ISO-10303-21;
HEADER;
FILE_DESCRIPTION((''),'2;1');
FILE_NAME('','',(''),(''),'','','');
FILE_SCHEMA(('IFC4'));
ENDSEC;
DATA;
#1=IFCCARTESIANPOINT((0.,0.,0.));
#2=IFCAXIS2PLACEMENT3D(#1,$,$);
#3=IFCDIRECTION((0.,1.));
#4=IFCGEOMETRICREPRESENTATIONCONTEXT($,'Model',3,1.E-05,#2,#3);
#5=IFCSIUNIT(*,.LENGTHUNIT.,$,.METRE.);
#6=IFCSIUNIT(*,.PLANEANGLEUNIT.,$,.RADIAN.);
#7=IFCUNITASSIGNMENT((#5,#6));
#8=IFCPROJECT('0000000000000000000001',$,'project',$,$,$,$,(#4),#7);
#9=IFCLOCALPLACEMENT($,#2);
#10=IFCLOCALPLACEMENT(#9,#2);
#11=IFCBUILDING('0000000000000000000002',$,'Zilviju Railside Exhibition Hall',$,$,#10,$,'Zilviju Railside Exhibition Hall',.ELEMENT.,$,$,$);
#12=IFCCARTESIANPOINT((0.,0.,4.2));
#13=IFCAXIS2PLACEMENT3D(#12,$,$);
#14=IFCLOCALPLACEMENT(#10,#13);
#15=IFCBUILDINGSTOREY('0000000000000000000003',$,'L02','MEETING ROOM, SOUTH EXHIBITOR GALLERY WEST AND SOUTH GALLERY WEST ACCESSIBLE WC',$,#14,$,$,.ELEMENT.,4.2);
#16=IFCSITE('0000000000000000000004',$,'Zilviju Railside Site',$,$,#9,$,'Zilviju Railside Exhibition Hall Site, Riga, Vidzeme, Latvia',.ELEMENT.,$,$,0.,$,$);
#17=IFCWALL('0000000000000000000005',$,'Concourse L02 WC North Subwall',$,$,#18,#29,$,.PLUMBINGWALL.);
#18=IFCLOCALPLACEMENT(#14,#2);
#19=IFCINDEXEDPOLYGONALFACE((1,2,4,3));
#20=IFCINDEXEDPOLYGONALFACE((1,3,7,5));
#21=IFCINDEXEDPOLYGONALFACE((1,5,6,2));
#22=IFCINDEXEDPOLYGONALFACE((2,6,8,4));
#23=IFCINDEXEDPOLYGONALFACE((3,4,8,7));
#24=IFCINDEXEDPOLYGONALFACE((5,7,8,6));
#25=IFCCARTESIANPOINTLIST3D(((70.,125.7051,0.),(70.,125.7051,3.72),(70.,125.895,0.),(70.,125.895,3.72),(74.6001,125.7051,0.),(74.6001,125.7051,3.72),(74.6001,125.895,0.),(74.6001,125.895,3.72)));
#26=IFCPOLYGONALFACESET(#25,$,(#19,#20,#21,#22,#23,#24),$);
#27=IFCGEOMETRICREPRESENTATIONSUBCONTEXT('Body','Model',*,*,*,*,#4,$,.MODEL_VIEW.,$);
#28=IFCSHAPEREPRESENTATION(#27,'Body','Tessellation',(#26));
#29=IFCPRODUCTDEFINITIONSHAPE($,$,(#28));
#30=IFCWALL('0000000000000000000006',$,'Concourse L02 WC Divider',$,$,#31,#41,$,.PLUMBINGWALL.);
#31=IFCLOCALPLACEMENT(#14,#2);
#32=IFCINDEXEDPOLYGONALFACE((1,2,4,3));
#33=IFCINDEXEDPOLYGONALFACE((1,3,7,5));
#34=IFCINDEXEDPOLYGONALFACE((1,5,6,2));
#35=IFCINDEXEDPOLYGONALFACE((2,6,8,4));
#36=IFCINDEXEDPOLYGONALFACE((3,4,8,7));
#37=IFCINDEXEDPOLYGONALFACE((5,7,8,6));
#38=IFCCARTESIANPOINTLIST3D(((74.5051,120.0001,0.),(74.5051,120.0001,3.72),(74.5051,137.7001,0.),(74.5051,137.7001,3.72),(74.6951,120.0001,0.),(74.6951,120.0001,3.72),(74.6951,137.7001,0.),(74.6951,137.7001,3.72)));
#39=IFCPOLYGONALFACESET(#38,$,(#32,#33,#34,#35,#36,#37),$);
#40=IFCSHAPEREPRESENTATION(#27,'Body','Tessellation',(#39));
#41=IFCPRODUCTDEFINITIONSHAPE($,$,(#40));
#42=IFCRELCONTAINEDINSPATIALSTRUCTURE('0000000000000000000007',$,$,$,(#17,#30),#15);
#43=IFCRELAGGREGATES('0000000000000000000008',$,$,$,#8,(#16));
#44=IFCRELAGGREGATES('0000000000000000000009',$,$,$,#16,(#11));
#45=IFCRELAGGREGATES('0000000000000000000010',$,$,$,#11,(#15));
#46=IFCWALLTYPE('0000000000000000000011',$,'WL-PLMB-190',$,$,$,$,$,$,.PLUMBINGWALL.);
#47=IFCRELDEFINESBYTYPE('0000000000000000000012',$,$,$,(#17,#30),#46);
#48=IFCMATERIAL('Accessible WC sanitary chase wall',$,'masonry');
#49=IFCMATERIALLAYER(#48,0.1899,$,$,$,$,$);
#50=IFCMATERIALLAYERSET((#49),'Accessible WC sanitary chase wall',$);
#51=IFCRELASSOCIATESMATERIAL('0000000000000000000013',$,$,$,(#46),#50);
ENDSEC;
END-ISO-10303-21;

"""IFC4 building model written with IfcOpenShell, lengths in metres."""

from ifc_helpers import new_model, si_unit, direction, frame, frame_2d, origin, place, context, subcontext, project, spatial, rectangle, extrude, material, layer, layer_set, type_object, element, save


model = new_model("IFC4")

# Units and contexts
model_context = context("Model", 3, precision=1e-05, world=origin(), true_north=direction((0.0, 1.0)))
body_context = subcontext(model_context, "Body", "Model", "MODEL_VIEW")
ifc_project = project(units=[si_unit("LENGTHUNIT", "METRE"), si_unit("PLANEANGLEUNIT", "RADIAN")], contexts=[model_context])

# Site, building, storey
site_placement = place(None, origin())
site = spatial("IfcSite", under=ifc_project, at=site_placement, Name="Zilviju Railside Site", LongName="Zilviju Railside Exhibition Hall Site, Riga, Vidzeme, Latvia", CompositionType="ELEMENT", RefElevation=0.0)
building_placement = place(site_placement, origin())
building = spatial("IfcBuilding", under=site, at=building_placement, Name="Zilviju Railside Exhibition Hall", LongName="Zilviju Railside Exhibition Hall", CompositionType="ELEMENT")
storey_placement = place(building_placement, frame((0.0, 0.0, 4.2)))
storey = spatial("IfcBuildingStorey", under=building, at=storey_placement, Name="L02", Description="MEETING ROOM, SOUTH EXHIBITOR GALLERY WEST AND SOUTH GALLERY WEST ACCESSIBLE WC", CompositionType="ELEMENT", Elevation=4.2)

# Walls
ifc_material_1 = material(Name="Accessible WC sanitary chase wall", Category="masonry")
ifc_layer_1 = layer(ifc_material_1, 0.1899)
ifc_layer_set_1 = layer_set([ifc_layer_1], Name="Accessible WC sanitary chase wall")
wall_type_1 = type_object("IfcWallType", Name="WL-PLMB-190", PredefinedType="PLUMBINGWALL", material=ifc_layer_set_1)
wall_1_placement = place(storey_placement, frame((70.0, 125.8, 0.0), z_axis=(0.0, 0.0, 1.0), x_axis=(1.0, 0.0, 0.0)))
element("IfcWall", 1, at=wall_1_placement, inside=storey, type_object=wall_type_1, Name="Concourse L02 WC North Subwall", PredefinedType="PLUMBINGWALL", context=body_context, shape_type="SweptSolid", body=[
    extrude(rectangle(XDim=4.6001, YDim=0.1899, at=frame_2d((2.3, 0.0))), origin(), (0.0, 0.0, 1.0), 3.72),
])
wall_2_placement = place(storey_placement, frame((74.6001, 120.0, 0.0), z_axis=(0.0, 0.0, 1.0), x_axis=(0.0, 1.0, 0.0)))
element("IfcWall", 2, at=wall_2_placement, inside=storey, type_object=wall_type_1, Name="Concourse L02 WC Divider", PredefinedType="PLUMBINGWALL", context=body_context, shape_type="SweptSolid", body=[
    extrude(rectangle(XDim=17.7, YDim=0.1899, at=frame_2d((8.8501, 0.0))), origin(), (0.0, 0.0, 1.0), 3.72),
])

save(model, "model.ifc")
